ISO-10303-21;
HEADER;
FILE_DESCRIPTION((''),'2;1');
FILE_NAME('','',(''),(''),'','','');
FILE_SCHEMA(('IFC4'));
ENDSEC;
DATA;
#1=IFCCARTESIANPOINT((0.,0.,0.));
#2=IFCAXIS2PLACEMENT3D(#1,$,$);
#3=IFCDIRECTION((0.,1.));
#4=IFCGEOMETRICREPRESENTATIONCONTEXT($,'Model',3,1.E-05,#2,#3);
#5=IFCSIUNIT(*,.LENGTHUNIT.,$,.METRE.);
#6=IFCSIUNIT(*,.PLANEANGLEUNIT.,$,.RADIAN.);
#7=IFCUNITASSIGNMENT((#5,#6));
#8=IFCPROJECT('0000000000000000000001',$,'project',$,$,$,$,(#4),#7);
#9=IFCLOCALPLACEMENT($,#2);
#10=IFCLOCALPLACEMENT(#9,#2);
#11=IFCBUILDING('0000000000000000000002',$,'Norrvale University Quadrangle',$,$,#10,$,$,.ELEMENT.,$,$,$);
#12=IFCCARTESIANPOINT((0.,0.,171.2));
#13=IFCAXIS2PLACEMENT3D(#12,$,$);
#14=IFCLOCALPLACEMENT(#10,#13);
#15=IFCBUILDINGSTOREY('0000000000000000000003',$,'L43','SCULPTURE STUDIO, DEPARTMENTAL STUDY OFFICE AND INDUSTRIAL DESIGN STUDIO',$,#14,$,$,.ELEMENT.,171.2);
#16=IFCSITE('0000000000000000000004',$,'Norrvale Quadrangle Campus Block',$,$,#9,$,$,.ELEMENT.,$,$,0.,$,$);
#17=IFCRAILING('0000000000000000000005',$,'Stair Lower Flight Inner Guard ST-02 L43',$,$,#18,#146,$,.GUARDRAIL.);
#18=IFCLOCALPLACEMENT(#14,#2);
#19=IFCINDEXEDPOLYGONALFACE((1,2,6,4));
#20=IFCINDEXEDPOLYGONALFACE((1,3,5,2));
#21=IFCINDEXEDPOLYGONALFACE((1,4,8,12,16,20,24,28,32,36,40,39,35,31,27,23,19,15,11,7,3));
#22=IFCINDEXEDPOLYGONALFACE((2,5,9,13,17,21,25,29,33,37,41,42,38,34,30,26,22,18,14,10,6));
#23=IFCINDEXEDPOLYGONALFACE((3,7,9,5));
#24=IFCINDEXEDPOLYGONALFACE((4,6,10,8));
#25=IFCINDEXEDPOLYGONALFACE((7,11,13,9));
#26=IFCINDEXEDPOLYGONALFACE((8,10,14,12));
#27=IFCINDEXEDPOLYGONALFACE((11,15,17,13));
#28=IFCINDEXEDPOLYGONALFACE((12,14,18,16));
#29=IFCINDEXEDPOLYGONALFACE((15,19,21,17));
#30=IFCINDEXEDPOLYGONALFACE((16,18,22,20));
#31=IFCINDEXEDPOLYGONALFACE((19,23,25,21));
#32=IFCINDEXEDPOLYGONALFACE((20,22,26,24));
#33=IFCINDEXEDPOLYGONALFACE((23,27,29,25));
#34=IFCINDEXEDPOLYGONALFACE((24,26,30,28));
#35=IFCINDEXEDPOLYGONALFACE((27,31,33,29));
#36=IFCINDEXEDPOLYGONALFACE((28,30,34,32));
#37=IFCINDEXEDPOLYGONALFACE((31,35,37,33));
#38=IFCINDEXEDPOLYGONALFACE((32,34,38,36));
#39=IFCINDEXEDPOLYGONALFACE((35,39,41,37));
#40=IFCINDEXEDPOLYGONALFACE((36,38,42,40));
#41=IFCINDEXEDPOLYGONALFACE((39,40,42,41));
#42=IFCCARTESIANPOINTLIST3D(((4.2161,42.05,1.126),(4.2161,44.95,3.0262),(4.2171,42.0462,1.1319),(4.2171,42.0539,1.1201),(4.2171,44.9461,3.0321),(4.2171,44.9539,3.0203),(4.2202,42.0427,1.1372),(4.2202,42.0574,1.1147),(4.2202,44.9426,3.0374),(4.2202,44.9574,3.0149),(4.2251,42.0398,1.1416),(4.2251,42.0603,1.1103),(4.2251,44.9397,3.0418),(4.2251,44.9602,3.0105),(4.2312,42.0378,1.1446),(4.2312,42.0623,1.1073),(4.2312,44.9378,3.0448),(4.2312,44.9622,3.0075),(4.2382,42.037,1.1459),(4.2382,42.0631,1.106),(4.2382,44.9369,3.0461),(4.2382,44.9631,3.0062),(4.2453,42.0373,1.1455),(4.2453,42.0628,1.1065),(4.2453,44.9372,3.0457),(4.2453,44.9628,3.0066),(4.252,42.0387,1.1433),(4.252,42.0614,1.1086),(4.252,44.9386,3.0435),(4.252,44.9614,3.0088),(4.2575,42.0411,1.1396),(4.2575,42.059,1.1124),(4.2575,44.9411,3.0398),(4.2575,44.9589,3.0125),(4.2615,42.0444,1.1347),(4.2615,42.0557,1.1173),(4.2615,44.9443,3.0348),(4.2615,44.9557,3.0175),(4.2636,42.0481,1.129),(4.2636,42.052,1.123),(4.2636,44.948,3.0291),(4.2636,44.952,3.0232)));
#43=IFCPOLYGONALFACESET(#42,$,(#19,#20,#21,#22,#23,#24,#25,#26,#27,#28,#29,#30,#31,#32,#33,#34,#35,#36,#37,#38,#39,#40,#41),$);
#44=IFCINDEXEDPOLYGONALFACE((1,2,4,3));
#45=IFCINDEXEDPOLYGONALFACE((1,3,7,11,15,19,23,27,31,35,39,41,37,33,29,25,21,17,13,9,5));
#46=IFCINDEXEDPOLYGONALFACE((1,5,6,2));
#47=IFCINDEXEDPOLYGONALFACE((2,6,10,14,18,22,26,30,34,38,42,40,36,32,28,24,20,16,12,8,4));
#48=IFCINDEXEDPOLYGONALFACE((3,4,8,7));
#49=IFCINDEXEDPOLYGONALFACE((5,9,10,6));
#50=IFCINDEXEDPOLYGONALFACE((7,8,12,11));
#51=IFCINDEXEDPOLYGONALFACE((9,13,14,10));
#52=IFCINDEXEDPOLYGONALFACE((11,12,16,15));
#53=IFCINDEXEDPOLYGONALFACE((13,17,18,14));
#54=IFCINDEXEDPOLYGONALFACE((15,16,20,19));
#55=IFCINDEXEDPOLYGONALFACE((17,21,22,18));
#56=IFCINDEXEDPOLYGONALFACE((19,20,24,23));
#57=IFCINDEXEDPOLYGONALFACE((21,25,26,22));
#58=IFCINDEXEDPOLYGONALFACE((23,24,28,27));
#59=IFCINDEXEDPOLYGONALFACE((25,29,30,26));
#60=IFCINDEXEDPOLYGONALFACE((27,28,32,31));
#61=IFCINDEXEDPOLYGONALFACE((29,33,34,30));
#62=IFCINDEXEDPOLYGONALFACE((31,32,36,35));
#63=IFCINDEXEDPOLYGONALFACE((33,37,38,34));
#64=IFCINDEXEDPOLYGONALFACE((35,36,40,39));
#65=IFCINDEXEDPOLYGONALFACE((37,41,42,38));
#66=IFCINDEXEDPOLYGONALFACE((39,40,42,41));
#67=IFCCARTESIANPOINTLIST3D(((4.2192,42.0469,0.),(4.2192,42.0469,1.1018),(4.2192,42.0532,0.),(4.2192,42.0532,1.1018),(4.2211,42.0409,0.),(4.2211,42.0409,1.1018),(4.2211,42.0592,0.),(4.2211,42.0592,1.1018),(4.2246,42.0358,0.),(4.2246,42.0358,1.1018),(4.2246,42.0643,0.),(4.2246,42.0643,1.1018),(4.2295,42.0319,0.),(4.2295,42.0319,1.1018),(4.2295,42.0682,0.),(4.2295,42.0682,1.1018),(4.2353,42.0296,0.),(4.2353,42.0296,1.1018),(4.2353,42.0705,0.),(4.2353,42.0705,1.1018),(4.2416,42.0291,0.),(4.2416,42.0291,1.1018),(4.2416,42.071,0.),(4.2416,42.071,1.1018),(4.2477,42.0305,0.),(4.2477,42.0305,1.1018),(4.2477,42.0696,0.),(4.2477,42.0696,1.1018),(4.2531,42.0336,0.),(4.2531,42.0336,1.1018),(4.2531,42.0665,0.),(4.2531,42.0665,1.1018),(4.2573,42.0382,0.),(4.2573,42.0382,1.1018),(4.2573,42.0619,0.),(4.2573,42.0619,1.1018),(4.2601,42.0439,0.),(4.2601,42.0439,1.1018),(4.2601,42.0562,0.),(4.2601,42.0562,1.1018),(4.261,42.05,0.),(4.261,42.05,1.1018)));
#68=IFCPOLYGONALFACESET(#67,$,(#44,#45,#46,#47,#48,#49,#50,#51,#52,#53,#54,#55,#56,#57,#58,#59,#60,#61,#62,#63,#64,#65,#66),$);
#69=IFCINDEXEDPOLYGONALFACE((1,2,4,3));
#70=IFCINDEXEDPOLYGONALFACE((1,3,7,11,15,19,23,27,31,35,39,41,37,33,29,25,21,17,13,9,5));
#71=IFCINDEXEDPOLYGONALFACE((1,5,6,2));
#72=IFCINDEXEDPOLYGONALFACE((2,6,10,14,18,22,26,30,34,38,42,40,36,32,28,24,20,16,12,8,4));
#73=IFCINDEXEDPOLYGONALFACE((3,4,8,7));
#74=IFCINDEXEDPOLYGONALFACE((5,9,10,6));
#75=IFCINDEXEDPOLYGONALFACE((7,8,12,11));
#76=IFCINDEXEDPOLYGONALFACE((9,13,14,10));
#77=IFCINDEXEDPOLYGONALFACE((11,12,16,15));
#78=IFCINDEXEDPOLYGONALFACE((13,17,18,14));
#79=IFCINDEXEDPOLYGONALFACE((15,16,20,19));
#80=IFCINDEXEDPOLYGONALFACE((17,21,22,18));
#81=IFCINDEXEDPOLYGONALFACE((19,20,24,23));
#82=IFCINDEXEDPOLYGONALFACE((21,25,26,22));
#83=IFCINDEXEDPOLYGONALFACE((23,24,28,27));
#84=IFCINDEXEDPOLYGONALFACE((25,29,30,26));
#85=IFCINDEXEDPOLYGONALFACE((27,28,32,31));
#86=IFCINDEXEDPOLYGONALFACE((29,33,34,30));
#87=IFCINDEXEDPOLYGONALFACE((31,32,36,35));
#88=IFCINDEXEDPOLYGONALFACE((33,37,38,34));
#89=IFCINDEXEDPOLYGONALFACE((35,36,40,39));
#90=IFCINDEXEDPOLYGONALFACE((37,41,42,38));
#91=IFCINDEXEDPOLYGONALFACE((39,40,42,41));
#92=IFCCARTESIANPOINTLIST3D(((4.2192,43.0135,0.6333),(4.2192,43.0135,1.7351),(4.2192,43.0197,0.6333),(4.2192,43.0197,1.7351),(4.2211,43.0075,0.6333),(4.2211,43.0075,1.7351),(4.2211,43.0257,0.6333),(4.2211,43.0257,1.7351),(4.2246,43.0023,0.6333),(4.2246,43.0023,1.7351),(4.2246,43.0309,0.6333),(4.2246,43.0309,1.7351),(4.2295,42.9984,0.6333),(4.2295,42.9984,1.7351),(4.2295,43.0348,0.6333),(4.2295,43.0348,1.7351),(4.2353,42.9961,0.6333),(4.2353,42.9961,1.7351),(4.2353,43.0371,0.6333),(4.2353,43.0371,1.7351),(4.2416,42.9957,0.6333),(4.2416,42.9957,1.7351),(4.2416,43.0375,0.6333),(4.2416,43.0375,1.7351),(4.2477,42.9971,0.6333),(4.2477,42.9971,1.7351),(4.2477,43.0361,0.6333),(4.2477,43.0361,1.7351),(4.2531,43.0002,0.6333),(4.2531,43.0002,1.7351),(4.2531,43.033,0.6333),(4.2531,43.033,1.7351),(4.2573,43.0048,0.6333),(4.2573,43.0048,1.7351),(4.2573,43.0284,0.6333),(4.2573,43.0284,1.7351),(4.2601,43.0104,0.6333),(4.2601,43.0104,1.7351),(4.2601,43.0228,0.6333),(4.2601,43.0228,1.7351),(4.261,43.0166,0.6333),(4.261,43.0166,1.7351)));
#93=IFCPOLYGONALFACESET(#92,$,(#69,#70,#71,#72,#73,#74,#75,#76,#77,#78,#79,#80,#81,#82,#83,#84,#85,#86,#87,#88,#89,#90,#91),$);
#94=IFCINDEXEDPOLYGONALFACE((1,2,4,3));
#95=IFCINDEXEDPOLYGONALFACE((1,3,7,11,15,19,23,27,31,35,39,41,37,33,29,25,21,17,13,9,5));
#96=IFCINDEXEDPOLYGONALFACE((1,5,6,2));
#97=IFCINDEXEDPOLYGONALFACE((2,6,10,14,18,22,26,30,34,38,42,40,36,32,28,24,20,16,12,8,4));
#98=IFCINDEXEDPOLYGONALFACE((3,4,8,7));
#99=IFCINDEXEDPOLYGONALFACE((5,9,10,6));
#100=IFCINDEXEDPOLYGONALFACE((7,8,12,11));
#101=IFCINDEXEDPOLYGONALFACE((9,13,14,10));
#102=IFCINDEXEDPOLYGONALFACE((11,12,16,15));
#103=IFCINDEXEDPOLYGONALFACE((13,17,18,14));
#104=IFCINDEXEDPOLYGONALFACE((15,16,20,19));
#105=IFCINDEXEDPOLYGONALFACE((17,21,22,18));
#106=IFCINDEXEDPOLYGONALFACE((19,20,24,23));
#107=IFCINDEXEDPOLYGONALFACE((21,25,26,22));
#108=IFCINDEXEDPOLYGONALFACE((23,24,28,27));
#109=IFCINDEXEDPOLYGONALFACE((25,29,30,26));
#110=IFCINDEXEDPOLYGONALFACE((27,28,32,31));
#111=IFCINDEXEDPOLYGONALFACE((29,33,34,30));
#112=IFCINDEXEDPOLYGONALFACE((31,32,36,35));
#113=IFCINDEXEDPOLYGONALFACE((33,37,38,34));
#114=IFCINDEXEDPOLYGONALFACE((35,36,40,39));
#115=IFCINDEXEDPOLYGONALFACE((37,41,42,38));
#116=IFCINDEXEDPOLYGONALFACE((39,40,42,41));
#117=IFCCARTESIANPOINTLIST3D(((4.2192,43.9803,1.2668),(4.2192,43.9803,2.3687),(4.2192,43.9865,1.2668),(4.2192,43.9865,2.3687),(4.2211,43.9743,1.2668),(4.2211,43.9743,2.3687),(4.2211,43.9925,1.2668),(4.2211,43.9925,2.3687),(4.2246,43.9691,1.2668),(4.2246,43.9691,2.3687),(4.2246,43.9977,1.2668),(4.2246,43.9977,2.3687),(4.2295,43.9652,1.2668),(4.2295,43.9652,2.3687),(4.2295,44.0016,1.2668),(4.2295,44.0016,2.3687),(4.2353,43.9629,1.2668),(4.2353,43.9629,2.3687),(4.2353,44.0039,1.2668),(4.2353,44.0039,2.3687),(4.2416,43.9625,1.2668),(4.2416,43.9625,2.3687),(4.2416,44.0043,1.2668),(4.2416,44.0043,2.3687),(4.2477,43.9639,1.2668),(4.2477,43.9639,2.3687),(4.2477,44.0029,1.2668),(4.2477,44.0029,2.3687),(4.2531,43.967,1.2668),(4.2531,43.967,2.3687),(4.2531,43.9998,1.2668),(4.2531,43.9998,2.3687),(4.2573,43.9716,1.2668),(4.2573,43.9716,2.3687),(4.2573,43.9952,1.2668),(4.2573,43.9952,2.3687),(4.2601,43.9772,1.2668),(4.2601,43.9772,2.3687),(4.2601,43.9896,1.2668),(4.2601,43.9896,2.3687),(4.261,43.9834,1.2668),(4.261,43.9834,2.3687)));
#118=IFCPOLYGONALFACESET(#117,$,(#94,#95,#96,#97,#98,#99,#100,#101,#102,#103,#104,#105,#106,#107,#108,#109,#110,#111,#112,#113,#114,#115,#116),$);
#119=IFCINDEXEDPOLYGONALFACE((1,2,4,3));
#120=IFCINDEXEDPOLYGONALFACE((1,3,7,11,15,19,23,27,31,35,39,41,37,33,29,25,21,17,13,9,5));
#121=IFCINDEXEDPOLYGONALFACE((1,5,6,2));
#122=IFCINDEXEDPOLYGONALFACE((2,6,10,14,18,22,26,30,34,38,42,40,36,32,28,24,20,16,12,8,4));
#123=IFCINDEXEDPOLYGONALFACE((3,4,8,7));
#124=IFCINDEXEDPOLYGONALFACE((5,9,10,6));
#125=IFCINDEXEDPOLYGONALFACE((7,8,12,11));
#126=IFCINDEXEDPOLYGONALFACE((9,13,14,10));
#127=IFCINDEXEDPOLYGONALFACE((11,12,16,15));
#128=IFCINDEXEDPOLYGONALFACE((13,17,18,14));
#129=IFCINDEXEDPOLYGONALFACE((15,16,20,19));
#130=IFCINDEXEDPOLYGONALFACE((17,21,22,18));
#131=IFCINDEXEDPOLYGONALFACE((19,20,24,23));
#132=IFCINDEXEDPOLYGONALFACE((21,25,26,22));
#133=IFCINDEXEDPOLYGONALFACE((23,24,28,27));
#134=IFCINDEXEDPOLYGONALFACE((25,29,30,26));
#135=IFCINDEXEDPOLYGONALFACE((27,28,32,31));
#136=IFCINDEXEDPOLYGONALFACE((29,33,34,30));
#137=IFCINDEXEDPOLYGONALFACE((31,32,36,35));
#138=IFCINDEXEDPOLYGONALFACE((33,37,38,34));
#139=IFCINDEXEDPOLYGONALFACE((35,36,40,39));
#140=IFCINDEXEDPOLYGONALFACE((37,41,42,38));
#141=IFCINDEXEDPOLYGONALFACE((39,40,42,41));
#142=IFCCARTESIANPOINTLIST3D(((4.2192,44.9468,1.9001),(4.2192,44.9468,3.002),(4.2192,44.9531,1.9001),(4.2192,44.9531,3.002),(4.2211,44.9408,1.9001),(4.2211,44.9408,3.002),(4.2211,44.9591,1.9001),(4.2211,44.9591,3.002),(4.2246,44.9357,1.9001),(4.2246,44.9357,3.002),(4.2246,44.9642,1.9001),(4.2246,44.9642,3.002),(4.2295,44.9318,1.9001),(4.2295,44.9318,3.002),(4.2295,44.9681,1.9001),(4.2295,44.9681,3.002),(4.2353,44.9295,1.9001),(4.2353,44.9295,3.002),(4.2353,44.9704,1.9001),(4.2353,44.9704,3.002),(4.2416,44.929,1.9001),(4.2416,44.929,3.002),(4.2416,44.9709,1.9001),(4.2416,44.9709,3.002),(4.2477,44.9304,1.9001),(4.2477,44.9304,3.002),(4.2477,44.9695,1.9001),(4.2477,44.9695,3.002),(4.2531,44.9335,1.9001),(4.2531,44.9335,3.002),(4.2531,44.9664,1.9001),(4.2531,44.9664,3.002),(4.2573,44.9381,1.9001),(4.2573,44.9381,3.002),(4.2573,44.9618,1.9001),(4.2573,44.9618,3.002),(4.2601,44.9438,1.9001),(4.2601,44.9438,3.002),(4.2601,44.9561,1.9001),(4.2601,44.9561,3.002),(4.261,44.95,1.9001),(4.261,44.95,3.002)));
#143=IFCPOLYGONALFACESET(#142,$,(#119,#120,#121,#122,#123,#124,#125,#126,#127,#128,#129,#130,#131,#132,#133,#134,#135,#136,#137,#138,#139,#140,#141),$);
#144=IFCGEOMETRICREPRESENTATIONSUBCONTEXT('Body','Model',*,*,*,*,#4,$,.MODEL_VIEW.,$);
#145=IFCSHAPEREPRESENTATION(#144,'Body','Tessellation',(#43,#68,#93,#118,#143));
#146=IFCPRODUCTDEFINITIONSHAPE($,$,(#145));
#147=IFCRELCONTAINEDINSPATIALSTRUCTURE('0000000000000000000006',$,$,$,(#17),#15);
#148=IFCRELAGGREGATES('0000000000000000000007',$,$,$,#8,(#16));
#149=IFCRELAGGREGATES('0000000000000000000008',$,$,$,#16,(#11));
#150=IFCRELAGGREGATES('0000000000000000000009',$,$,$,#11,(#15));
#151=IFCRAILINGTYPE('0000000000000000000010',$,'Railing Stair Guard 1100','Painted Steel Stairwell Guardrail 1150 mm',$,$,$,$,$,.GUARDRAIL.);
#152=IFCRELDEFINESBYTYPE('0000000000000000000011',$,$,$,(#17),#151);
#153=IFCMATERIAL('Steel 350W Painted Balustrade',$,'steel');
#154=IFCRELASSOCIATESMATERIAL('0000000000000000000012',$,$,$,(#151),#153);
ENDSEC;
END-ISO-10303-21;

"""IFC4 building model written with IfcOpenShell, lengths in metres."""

from ifc_helpers import new_model, si_unit, direction, frame, origin, origin_2d, place, context, subcontext, project, spatial, circle, extrude, material, type_object, element, save


model = new_model("IFC4")

# Units and contexts
model_context = context("Model", 3, precision=1e-05, world=origin(), true_north=direction((0.0, 1.0)))
body_context = subcontext(model_context, "Body", "Model", "MODEL_VIEW")
ifc_project = project(units=[si_unit("LENGTHUNIT", "METRE"), si_unit("PLANEANGLEUNIT", "RADIAN")], contexts=[model_context])

# Site, building, storey
site_placement = place(None, origin())
site = spatial("IfcSite", under=ifc_project, at=site_placement, Name="Norrvale Quadrangle Campus Block", CompositionType="ELEMENT", RefElevation=0.0)
building_placement = place(site_placement, origin())
building = spatial("IfcBuilding", under=site, at=building_placement, Name="Norrvale University Quadrangle", CompositionType="ELEMENT")
storey_placement = place(building_placement, frame((0.0, 0.0, 171.2)))
storey = spatial("IfcBuildingStorey", under=building, at=storey_placement, Name="L43", Description="SCULPTURE STUDIO, DEPARTMENTAL STUDY OFFICE AND INDUSTRIAL DESIGN STUDIO", CompositionType="ELEMENT", Elevation=171.2)

# Railing
ifc_material_1 = material(Name="Steel 350W Painted Balustrade", Category="steel")
railing_type_1 = type_object("IfcRailingType", Name="Railing Stair Guard 1100", Description="Painted Steel Stairwell Guardrail 1150 mm", PredefinedType="GUARDRAIL", material=ifc_material_1)
railing_1_placement = place(storey_placement, frame((4.24, 42.05, 0.0)))
element("IfcRailing", 1, at=railing_1_placement, inside=storey, type_object=railing_type_1, Name="Stair Lower Flight Inner Guard ST-02 L43", PredefinedType="GUARDRAIL", context=body_context, shape_type="SweptSolid", body=[
    extrude(circle(Radius=0.0239, at=origin_2d()), frame((0.0, 0.0, 1.126), z_axis=(0.0, 0.836433, 0.548069), x_axis=(-1.0, 0.0, 0.0)), (0.0, 0.0, 1.0), 3.467),
    extrude(circle(Radius=0.021, at=origin_2d()), origin(), (0.0, 0.0, 1.0), 1.1018),
    extrude(circle(Radius=0.021, at=origin_2d()), frame((0.0, 0.9666, 0.6333)), (0.0, 0.0, 1.0), 1.1018),
    extrude(circle(Radius=0.021, at=origin_2d()), frame((0.0, 1.9333, 1.2668)), (0.0, 0.0, 1.0), 1.1018),
    extrude(circle(Radius=0.021, at=origin_2d()), frame((0.0, 2.8999, 1.9001)), (0.0, 0.0, 1.0), 1.1018),
])

save(model, "model.ifc")
